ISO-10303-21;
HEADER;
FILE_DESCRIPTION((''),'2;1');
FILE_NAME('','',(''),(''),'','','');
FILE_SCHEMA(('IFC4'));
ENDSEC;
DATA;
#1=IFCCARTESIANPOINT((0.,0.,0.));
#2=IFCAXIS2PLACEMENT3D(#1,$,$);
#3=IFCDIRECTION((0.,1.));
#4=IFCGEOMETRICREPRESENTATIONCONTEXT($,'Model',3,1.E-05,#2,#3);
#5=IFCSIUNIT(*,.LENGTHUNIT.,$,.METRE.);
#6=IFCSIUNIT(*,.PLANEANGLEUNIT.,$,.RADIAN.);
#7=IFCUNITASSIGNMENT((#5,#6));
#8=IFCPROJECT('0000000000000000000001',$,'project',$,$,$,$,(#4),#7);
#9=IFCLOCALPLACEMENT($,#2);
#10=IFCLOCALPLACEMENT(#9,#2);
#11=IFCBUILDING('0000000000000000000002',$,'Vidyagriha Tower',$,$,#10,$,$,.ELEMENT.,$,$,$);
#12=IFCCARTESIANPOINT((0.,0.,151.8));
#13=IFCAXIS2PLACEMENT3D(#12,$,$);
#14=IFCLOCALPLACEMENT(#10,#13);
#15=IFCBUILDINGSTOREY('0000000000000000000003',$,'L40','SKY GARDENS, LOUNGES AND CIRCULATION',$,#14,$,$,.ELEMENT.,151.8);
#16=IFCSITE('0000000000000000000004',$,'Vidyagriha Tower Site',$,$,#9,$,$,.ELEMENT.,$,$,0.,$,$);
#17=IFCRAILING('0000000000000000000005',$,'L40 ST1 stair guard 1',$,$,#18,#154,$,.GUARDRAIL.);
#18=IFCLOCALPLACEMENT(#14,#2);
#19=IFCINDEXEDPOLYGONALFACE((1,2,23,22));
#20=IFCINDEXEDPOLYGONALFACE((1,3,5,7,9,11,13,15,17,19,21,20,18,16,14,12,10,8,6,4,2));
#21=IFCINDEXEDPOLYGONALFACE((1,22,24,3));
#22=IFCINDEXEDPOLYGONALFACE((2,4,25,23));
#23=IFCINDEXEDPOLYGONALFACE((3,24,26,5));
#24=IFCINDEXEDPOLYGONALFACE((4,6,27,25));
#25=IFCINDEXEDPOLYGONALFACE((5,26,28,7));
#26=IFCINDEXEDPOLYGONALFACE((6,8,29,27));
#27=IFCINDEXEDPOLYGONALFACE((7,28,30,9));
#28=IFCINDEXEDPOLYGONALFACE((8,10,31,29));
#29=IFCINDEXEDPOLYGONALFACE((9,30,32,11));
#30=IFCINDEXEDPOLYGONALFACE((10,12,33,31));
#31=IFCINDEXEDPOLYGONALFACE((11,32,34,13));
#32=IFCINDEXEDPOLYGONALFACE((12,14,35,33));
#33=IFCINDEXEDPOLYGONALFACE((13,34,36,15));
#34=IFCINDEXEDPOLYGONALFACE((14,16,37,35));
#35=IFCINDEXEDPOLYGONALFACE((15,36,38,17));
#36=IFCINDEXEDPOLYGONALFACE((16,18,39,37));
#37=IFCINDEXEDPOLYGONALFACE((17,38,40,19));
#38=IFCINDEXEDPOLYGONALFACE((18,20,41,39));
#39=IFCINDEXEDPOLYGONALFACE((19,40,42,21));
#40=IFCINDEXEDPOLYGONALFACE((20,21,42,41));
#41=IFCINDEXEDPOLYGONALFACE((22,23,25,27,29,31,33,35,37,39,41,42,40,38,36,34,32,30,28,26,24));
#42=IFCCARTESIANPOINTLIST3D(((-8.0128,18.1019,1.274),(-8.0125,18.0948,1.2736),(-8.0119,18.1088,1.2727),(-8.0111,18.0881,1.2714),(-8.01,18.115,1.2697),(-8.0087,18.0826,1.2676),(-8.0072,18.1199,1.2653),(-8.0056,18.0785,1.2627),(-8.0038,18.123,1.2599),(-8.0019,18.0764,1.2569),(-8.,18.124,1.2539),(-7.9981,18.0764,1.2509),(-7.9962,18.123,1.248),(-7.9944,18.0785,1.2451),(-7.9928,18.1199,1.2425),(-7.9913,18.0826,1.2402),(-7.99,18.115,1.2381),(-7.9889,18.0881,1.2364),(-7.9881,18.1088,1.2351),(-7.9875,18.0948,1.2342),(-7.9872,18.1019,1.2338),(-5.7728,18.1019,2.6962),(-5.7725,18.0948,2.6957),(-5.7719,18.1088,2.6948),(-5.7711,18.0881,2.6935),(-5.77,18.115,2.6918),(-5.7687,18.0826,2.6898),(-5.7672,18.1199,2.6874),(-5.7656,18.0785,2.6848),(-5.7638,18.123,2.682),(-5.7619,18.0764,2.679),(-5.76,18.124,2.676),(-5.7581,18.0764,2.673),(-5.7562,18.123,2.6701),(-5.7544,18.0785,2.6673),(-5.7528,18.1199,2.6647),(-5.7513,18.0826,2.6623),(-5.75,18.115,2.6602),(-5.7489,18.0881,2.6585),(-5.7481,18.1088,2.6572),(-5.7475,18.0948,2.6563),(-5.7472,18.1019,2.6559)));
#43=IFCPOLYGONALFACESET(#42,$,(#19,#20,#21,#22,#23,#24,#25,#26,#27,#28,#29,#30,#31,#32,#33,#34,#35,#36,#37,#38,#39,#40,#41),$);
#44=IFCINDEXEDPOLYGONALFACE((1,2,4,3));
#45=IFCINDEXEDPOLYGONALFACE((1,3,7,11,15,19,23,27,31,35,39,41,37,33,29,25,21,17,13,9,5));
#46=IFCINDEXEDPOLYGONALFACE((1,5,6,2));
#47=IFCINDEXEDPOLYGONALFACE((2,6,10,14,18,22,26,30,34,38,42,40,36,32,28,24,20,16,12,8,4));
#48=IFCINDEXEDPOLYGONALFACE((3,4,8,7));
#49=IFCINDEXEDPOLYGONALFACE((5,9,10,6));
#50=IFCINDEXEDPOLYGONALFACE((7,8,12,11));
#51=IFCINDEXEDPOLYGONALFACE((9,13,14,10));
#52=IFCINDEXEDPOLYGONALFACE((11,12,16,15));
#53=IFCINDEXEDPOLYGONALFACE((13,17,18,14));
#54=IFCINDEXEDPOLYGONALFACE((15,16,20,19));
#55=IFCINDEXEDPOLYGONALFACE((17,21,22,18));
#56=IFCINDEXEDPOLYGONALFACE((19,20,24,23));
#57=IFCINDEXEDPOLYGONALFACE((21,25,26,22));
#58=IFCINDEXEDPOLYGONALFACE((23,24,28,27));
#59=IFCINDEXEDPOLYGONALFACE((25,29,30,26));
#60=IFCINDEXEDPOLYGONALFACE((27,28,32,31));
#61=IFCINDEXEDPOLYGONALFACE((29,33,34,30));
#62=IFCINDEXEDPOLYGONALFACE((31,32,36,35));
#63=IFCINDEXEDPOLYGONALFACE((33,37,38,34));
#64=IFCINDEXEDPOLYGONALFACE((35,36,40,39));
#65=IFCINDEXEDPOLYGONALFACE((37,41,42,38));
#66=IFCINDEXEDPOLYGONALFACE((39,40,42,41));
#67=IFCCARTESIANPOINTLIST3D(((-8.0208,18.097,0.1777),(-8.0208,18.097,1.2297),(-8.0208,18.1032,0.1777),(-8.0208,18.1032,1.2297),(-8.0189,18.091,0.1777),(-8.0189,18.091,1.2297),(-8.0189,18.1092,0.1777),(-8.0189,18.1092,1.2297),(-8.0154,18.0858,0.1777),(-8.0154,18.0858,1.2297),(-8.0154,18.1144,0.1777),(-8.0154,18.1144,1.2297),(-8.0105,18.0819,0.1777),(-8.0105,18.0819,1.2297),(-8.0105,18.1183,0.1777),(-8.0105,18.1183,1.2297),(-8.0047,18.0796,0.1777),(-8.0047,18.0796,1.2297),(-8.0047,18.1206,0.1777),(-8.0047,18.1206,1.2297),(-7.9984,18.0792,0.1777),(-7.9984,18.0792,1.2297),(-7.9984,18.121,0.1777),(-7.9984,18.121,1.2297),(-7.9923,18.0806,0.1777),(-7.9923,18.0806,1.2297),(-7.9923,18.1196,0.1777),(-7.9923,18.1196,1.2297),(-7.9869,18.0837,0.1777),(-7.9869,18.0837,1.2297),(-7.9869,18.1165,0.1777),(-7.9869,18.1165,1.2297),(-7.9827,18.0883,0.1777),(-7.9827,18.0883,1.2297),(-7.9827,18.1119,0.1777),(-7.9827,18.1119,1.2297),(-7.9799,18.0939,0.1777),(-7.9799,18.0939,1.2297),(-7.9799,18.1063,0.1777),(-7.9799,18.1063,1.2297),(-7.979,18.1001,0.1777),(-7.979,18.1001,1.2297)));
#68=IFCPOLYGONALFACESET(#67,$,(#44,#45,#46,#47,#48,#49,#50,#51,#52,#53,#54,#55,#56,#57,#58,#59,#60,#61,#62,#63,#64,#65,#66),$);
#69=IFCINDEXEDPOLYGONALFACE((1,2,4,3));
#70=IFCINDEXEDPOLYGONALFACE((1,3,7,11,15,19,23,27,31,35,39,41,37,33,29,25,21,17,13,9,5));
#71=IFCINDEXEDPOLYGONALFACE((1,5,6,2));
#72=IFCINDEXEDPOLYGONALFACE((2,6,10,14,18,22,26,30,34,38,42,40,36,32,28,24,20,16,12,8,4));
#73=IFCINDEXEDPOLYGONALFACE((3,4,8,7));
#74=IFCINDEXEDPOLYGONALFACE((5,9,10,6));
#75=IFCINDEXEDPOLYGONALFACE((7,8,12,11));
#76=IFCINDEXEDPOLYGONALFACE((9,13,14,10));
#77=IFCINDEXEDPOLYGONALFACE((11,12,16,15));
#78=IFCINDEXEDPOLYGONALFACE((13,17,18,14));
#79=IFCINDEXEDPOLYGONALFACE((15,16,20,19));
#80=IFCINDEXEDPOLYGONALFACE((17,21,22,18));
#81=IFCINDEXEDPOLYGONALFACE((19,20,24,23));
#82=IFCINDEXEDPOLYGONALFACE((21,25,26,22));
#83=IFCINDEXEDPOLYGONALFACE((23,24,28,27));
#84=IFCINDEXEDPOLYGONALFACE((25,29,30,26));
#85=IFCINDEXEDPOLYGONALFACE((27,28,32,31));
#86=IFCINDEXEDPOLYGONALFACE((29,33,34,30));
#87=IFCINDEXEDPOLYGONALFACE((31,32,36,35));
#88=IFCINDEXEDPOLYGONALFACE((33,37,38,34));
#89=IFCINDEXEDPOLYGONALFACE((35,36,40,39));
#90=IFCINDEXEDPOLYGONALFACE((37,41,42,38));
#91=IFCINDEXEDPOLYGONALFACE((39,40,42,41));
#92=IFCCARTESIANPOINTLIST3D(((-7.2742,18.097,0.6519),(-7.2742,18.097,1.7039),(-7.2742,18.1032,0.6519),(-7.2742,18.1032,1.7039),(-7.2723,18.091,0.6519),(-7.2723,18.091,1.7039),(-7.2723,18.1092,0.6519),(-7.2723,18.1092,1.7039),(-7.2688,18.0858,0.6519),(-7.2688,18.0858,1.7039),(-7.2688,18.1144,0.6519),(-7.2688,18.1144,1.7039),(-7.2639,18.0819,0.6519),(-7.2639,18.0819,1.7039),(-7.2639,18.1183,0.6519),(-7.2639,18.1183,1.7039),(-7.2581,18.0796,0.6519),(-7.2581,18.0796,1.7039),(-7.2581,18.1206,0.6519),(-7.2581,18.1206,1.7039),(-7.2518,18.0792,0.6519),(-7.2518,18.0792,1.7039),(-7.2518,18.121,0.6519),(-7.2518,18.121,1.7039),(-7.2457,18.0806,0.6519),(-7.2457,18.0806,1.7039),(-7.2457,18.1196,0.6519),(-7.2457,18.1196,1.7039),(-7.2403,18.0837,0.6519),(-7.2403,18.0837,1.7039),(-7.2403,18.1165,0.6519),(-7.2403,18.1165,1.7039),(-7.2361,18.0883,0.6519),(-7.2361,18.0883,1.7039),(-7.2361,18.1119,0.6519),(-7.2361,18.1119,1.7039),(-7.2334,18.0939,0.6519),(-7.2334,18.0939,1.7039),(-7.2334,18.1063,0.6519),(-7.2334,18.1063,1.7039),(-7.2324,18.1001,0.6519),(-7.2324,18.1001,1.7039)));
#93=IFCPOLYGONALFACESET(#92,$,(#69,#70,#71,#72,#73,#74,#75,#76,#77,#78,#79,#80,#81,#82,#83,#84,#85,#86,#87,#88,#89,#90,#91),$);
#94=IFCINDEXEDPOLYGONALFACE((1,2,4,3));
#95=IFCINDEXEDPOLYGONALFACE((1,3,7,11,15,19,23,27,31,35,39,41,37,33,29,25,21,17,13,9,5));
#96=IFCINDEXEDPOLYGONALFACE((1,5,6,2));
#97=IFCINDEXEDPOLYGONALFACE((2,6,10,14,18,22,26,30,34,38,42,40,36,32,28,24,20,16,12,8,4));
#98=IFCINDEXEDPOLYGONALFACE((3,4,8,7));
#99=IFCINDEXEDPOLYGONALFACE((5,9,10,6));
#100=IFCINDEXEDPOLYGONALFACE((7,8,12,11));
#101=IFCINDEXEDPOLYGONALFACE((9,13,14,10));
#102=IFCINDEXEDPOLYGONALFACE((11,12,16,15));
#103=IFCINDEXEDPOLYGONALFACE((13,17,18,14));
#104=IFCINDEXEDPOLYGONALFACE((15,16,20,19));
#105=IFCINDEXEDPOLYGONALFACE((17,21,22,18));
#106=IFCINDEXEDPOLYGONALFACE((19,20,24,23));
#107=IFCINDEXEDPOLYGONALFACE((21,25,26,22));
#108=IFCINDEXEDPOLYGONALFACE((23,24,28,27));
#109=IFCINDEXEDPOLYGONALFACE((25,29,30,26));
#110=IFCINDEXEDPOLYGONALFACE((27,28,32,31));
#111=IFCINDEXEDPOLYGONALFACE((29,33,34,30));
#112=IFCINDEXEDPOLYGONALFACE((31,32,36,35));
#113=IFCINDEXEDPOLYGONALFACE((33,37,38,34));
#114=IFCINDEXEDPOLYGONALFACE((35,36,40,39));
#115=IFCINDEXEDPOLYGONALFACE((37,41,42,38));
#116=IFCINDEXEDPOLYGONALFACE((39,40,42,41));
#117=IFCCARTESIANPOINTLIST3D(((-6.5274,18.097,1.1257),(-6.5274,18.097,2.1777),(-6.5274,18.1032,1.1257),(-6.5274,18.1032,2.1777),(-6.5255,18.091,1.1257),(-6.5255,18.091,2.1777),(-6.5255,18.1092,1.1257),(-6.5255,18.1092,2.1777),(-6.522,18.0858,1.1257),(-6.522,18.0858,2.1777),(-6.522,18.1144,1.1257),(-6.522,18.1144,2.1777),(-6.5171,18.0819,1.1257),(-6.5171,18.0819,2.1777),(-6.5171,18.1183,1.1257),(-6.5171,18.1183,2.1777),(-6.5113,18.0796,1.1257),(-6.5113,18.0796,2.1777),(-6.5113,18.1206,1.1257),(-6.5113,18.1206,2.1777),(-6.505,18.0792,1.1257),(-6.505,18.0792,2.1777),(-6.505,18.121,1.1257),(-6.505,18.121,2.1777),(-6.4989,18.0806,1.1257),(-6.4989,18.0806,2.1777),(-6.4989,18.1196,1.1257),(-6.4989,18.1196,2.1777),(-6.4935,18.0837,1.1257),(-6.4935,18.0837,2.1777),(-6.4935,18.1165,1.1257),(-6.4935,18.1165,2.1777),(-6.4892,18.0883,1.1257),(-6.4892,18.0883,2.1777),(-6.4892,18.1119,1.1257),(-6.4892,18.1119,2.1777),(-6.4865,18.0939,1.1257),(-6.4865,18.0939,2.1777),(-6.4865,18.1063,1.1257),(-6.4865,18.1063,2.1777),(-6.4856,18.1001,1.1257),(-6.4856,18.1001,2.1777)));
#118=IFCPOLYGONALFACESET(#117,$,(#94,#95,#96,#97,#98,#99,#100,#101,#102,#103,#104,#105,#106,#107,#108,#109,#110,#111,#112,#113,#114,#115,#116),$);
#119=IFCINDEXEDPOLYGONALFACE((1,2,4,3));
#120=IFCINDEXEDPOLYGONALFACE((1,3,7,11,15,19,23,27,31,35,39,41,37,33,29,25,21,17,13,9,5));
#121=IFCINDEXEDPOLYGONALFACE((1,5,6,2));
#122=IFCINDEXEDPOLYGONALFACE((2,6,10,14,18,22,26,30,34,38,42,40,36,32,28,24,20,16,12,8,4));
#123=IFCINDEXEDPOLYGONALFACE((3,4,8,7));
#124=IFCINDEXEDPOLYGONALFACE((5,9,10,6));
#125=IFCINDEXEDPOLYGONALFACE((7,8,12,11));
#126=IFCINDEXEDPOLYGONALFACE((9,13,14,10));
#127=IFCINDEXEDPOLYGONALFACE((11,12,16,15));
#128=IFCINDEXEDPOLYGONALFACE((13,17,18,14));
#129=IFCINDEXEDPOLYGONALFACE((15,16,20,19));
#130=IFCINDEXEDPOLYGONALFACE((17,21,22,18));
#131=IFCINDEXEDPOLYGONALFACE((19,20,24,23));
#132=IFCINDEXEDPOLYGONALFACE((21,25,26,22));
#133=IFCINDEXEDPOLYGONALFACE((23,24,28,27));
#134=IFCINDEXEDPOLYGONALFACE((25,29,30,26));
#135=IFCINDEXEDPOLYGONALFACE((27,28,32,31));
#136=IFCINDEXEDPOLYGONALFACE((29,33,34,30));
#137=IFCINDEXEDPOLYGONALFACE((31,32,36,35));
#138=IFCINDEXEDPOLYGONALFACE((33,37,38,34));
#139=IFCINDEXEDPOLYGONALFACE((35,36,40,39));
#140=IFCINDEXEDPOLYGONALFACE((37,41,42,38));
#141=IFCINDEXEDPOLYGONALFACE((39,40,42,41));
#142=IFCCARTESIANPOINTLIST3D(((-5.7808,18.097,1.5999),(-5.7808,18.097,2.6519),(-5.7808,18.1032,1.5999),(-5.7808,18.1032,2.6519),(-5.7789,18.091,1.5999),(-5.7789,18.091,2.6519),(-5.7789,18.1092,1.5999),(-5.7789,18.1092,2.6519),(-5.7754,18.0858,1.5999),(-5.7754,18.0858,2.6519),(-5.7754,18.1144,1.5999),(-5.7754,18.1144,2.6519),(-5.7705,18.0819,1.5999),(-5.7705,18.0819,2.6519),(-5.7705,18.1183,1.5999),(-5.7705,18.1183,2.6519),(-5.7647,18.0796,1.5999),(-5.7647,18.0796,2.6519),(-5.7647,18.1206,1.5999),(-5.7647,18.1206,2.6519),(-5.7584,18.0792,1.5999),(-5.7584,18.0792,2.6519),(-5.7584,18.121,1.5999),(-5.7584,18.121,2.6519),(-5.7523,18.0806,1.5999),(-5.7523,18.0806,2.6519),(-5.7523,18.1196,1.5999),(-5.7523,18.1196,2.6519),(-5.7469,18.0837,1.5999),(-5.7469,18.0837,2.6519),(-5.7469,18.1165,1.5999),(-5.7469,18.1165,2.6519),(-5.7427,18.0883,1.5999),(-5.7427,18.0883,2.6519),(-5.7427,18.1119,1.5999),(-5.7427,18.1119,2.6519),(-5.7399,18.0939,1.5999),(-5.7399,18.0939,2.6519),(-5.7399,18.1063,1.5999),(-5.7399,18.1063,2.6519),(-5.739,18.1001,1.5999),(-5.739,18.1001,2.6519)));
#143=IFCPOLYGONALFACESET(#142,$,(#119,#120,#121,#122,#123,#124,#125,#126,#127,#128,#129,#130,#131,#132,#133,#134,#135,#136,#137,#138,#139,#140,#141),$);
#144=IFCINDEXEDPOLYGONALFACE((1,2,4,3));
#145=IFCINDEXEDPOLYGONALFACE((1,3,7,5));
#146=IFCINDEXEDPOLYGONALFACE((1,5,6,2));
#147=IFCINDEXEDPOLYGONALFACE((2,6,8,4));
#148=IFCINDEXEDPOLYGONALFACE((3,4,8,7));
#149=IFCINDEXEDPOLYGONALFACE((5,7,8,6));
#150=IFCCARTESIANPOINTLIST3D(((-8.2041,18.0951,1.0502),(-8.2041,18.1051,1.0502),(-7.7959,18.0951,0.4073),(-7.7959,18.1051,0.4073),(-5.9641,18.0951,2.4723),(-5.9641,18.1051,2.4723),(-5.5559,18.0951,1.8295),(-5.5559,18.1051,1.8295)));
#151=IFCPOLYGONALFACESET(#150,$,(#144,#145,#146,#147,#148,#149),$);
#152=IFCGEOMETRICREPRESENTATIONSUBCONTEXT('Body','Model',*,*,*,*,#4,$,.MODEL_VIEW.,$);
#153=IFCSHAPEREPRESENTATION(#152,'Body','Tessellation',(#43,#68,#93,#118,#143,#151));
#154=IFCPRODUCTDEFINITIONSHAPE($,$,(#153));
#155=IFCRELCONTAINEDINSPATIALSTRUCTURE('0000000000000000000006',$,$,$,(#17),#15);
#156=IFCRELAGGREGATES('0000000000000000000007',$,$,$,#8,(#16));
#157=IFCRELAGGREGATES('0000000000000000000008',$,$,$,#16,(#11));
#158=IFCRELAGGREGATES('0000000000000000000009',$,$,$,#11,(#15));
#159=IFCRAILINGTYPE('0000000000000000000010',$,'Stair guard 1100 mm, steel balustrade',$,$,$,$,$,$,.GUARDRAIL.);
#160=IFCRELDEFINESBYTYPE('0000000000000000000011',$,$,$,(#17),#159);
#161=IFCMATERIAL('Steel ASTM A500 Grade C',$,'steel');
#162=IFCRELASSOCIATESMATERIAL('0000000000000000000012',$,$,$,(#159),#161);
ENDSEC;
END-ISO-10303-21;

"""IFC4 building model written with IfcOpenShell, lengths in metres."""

from ifc_helpers import new_model, si_unit, direction, frame, origin, origin_2d, place, context, subcontext, project, spatial, rectangle, circle, extrude, material, type_object, element, save


model = new_model("IFC4")

# Units and contexts
model_context = context("Model", 3, precision=1e-05, world=origin(), true_north=direction((0.0, 1.0)))
body_context = subcontext(model_context, "Body", "Model", "MODEL_VIEW")
ifc_project = project(units=[si_unit("LENGTHUNIT", "METRE"), si_unit("PLANEANGLEUNIT", "RADIAN")], contexts=[model_context])

# Site, building, storey
site_placement = place(None, origin())
site = spatial("IfcSite", under=ifc_project, at=site_placement, Name="Vidyagriha Tower Site", CompositionType="ELEMENT", RefElevation=0.0)
building_placement = place(site_placement, origin())
building = spatial("IfcBuilding", under=site, at=building_placement, Name="Vidyagriha Tower", CompositionType="ELEMENT")
storey_placement = place(building_placement, frame((0.0, 0.0, 151.8)))
storey = spatial("IfcBuildingStorey", under=building, at=storey_placement, Name="L40", Description="SKY GARDENS, LOUNGES AND CIRCULATION", CompositionType="ELEMENT", Elevation=151.8)

# Railing
ifc_material_1 = material(Name="Steel ASTM A500 Grade C", Category="steel")
railing_type_1 = type_object("IfcRailingType", Name="Stair guard 1100 mm, steel balustrade", PredefinedType="GUARDRAIL", material=ifc_material_1)
railing_1_placement = place(storey_placement, frame((-8.0, 18.1001, 0.1777)))
element("IfcRailing", 1, at=railing_1_placement, inside=storey, type_object=railing_type_1, Name="L40 ST1 stair guard 1", PredefinedType="GUARDRAIL", context=body_context, shape_type="SweptSolid", body=[
    extrude(circle(Radius=0.0239, at=origin_2d()), frame((0.0, 0.0, 1.0762), z_axis=(0.844229, 0.0, 0.535982), x_axis=(0.0, 1.0, 0.0)), (0.0, 0.0, 1.0), 2.6533),
    extrude(circle(Radius=0.021, at=origin_2d()), origin(), (0.0, 0.0, 1.0), 1.052),
    extrude(circle(Radius=0.021, at=origin_2d()), frame((0.7466, 0.0, 0.4741)), (0.0, 0.0, 1.0), 1.052),
    extrude(circle(Radius=0.021, at=origin_2d()), frame((1.4934, 0.0, 0.948)), (0.0, 0.0, 1.0), 1.052),
    extrude(circle(Radius=0.021, at=origin_2d()), frame((2.24, 0.0, 1.4221)), (0.0, 0.0, 1.0), 1.052),
    extrude(rectangle(XDim=0.01, YDim=0.7615, at=origin_2d()), frame((0.0, 0.0, 0.551), z_axis=(0.844229, 0.0, 0.535982), x_axis=(0.0, 1.0, 0.0)), (0.0, 0.0, 1.0), 2.6533),
])

save(model, "model.ifc")
